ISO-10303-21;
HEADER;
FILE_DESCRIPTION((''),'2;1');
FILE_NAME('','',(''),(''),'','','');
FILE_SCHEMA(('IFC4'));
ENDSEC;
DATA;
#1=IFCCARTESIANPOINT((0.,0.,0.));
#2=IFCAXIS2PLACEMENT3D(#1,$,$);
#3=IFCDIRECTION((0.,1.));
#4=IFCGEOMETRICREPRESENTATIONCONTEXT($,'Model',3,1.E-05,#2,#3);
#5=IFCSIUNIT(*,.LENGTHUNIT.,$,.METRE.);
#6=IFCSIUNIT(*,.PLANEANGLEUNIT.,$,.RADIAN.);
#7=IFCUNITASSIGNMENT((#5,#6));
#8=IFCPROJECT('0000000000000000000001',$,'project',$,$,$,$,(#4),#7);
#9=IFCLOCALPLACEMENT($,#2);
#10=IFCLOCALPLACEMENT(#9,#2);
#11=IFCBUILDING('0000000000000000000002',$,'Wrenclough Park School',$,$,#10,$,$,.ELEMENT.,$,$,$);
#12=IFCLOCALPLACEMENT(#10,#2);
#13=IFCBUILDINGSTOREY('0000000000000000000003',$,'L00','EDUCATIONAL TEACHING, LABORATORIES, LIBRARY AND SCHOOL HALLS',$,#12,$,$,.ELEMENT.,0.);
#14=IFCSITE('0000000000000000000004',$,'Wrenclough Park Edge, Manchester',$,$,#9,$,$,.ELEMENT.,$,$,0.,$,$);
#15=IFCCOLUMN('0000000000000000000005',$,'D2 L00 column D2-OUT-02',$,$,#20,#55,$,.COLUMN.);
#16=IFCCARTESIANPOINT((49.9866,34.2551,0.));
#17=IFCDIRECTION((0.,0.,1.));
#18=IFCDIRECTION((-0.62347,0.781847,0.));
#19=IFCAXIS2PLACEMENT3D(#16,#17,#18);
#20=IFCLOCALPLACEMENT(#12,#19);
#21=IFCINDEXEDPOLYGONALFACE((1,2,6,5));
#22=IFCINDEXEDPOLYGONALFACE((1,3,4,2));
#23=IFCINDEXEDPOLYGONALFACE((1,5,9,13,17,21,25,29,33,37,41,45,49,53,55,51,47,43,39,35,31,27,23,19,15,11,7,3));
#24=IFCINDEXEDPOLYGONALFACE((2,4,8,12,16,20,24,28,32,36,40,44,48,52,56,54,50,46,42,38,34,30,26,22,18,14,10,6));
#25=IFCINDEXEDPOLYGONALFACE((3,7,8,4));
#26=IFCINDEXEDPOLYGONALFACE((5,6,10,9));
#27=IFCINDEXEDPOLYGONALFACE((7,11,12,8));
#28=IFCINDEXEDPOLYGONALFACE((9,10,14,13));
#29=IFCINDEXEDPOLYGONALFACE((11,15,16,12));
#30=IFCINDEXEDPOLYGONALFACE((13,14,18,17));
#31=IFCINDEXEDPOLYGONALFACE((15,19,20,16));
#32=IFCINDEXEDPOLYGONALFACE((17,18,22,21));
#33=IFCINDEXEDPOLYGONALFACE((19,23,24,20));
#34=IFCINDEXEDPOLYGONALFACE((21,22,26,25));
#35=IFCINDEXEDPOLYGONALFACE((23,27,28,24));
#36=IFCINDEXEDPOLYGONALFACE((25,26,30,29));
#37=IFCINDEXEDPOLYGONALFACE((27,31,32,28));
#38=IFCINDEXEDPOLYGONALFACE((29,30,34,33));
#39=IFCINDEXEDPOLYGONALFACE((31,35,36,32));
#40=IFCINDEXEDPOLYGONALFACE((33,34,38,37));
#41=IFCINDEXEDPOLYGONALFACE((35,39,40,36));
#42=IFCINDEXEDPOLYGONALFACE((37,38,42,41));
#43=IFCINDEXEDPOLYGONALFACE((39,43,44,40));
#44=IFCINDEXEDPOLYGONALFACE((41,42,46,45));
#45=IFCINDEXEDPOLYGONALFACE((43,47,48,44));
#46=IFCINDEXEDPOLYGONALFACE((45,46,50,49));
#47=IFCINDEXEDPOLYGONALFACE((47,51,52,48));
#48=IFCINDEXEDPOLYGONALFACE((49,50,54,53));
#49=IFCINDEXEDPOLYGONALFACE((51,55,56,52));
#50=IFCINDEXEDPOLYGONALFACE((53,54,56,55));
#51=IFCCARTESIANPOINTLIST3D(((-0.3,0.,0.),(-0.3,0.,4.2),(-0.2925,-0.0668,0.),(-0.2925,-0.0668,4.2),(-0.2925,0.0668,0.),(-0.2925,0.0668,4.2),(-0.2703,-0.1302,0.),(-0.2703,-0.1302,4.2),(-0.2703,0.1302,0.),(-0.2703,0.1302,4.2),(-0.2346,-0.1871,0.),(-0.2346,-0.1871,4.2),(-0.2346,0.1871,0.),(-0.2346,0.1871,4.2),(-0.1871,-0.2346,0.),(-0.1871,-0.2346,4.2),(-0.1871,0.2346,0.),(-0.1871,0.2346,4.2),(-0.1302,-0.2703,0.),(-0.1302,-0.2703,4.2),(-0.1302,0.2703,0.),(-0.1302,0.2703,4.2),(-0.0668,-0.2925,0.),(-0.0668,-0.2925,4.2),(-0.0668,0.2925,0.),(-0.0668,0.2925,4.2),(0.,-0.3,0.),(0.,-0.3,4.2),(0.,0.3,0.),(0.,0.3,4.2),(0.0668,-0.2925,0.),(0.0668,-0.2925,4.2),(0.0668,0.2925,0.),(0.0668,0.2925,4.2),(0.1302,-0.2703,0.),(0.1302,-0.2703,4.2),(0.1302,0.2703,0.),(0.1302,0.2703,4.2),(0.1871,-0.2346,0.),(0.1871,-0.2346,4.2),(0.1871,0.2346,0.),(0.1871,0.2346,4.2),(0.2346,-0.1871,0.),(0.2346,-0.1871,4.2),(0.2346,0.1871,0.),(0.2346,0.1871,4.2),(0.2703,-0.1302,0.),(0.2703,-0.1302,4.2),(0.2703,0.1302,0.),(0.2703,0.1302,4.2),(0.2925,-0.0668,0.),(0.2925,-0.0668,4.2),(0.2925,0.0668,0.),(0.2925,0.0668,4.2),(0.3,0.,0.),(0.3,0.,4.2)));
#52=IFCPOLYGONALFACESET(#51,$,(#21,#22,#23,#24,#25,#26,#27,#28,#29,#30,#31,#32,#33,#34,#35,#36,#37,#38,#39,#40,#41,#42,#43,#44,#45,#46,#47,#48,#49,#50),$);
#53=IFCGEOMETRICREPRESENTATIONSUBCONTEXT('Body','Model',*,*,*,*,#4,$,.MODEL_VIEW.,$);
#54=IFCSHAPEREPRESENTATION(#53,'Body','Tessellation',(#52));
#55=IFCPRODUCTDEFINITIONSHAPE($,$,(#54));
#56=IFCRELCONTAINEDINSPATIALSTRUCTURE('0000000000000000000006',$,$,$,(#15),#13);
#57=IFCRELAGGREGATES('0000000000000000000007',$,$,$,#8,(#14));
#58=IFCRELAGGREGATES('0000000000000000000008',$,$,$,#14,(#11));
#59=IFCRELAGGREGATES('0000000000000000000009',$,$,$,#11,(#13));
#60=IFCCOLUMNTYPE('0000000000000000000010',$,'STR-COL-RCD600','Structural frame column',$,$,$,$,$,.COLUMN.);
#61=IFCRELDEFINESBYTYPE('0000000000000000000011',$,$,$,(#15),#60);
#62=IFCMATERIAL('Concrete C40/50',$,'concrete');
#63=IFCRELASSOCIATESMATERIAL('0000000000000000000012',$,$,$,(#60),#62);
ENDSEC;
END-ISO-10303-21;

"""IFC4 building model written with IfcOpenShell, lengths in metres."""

from ifc_helpers import new_model, si_unit, direction, frame, origin, origin_2d, place, context, subcontext, project, spatial, circle, extrude, material, material_profile, profile_set, type_object, element, save


model = new_model("IFC4")

# Units and contexts
model_context = context("Model", 3, precision=1e-05, world=origin(), true_north=direction((0.0, 1.0)))
body_context = subcontext(model_context, "Body", "Model", "MODEL_VIEW")
ifc_project = project(units=[si_unit("LENGTHUNIT", "METRE"), si_unit("PLANEANGLEUNIT", "RADIAN")], contexts=[model_context])

# Site, building, storey
site_placement = place(None, origin())
site = spatial("IfcSite", under=ifc_project, at=site_placement, Name="Wrenclough Park Edge, Manchester", CompositionType="ELEMENT", RefElevation=0.0)
building_placement = place(site_placement, origin())
building = spatial("IfcBuilding", under=site, at=building_placement, Name="Wrenclough Park School", CompositionType="ELEMENT")
storey_placement = place(building_placement, origin())
storey = spatial("IfcBuildingStorey", under=building, at=storey_placement, Name="L00", Description="EDUCATIONAL TEACHING, LABORATORIES, LIBRARY AND SCHOOL HALLS", CompositionType="ELEMENT", Elevation=0.0)

# Column
ifc_material_1 = material(Name="Concrete C40/50", Category="concrete")
ifc_material_profile_1 = material_profile(ifc_material_1, circle(Radius=0.3, at=origin_2d()), Name="RC COL D600")
ifc_profile_set_1 = profile_set([ifc_material_profile_1], Name="Concrete C40/50")
column_type = type_object("IfcColumnType", Name="STR-COL-RCD600", Description="Structural frame column", PredefinedType="COLUMN", material=ifc_profile_set_1)
column_placement = place(storey_placement, frame((49.9866, 34.2551, 0.0), z_axis=(0.0, 0.0, 1.0), x_axis=(-0.62347, 0.781847, 0.0)))
element("IfcColumn", 1, at=column_placement, inside=storey, type_object=column_type, Name="D2 L00 column D2-OUT-02", PredefinedType="COLUMN", context=body_context, shape_type="SweptSolid", body=[
    extrude(circle(Radius=0.3, at=origin_2d()), origin(), (0.0, 0.0, 1.0), 4.2),
])

save(model, "model.ifc")
